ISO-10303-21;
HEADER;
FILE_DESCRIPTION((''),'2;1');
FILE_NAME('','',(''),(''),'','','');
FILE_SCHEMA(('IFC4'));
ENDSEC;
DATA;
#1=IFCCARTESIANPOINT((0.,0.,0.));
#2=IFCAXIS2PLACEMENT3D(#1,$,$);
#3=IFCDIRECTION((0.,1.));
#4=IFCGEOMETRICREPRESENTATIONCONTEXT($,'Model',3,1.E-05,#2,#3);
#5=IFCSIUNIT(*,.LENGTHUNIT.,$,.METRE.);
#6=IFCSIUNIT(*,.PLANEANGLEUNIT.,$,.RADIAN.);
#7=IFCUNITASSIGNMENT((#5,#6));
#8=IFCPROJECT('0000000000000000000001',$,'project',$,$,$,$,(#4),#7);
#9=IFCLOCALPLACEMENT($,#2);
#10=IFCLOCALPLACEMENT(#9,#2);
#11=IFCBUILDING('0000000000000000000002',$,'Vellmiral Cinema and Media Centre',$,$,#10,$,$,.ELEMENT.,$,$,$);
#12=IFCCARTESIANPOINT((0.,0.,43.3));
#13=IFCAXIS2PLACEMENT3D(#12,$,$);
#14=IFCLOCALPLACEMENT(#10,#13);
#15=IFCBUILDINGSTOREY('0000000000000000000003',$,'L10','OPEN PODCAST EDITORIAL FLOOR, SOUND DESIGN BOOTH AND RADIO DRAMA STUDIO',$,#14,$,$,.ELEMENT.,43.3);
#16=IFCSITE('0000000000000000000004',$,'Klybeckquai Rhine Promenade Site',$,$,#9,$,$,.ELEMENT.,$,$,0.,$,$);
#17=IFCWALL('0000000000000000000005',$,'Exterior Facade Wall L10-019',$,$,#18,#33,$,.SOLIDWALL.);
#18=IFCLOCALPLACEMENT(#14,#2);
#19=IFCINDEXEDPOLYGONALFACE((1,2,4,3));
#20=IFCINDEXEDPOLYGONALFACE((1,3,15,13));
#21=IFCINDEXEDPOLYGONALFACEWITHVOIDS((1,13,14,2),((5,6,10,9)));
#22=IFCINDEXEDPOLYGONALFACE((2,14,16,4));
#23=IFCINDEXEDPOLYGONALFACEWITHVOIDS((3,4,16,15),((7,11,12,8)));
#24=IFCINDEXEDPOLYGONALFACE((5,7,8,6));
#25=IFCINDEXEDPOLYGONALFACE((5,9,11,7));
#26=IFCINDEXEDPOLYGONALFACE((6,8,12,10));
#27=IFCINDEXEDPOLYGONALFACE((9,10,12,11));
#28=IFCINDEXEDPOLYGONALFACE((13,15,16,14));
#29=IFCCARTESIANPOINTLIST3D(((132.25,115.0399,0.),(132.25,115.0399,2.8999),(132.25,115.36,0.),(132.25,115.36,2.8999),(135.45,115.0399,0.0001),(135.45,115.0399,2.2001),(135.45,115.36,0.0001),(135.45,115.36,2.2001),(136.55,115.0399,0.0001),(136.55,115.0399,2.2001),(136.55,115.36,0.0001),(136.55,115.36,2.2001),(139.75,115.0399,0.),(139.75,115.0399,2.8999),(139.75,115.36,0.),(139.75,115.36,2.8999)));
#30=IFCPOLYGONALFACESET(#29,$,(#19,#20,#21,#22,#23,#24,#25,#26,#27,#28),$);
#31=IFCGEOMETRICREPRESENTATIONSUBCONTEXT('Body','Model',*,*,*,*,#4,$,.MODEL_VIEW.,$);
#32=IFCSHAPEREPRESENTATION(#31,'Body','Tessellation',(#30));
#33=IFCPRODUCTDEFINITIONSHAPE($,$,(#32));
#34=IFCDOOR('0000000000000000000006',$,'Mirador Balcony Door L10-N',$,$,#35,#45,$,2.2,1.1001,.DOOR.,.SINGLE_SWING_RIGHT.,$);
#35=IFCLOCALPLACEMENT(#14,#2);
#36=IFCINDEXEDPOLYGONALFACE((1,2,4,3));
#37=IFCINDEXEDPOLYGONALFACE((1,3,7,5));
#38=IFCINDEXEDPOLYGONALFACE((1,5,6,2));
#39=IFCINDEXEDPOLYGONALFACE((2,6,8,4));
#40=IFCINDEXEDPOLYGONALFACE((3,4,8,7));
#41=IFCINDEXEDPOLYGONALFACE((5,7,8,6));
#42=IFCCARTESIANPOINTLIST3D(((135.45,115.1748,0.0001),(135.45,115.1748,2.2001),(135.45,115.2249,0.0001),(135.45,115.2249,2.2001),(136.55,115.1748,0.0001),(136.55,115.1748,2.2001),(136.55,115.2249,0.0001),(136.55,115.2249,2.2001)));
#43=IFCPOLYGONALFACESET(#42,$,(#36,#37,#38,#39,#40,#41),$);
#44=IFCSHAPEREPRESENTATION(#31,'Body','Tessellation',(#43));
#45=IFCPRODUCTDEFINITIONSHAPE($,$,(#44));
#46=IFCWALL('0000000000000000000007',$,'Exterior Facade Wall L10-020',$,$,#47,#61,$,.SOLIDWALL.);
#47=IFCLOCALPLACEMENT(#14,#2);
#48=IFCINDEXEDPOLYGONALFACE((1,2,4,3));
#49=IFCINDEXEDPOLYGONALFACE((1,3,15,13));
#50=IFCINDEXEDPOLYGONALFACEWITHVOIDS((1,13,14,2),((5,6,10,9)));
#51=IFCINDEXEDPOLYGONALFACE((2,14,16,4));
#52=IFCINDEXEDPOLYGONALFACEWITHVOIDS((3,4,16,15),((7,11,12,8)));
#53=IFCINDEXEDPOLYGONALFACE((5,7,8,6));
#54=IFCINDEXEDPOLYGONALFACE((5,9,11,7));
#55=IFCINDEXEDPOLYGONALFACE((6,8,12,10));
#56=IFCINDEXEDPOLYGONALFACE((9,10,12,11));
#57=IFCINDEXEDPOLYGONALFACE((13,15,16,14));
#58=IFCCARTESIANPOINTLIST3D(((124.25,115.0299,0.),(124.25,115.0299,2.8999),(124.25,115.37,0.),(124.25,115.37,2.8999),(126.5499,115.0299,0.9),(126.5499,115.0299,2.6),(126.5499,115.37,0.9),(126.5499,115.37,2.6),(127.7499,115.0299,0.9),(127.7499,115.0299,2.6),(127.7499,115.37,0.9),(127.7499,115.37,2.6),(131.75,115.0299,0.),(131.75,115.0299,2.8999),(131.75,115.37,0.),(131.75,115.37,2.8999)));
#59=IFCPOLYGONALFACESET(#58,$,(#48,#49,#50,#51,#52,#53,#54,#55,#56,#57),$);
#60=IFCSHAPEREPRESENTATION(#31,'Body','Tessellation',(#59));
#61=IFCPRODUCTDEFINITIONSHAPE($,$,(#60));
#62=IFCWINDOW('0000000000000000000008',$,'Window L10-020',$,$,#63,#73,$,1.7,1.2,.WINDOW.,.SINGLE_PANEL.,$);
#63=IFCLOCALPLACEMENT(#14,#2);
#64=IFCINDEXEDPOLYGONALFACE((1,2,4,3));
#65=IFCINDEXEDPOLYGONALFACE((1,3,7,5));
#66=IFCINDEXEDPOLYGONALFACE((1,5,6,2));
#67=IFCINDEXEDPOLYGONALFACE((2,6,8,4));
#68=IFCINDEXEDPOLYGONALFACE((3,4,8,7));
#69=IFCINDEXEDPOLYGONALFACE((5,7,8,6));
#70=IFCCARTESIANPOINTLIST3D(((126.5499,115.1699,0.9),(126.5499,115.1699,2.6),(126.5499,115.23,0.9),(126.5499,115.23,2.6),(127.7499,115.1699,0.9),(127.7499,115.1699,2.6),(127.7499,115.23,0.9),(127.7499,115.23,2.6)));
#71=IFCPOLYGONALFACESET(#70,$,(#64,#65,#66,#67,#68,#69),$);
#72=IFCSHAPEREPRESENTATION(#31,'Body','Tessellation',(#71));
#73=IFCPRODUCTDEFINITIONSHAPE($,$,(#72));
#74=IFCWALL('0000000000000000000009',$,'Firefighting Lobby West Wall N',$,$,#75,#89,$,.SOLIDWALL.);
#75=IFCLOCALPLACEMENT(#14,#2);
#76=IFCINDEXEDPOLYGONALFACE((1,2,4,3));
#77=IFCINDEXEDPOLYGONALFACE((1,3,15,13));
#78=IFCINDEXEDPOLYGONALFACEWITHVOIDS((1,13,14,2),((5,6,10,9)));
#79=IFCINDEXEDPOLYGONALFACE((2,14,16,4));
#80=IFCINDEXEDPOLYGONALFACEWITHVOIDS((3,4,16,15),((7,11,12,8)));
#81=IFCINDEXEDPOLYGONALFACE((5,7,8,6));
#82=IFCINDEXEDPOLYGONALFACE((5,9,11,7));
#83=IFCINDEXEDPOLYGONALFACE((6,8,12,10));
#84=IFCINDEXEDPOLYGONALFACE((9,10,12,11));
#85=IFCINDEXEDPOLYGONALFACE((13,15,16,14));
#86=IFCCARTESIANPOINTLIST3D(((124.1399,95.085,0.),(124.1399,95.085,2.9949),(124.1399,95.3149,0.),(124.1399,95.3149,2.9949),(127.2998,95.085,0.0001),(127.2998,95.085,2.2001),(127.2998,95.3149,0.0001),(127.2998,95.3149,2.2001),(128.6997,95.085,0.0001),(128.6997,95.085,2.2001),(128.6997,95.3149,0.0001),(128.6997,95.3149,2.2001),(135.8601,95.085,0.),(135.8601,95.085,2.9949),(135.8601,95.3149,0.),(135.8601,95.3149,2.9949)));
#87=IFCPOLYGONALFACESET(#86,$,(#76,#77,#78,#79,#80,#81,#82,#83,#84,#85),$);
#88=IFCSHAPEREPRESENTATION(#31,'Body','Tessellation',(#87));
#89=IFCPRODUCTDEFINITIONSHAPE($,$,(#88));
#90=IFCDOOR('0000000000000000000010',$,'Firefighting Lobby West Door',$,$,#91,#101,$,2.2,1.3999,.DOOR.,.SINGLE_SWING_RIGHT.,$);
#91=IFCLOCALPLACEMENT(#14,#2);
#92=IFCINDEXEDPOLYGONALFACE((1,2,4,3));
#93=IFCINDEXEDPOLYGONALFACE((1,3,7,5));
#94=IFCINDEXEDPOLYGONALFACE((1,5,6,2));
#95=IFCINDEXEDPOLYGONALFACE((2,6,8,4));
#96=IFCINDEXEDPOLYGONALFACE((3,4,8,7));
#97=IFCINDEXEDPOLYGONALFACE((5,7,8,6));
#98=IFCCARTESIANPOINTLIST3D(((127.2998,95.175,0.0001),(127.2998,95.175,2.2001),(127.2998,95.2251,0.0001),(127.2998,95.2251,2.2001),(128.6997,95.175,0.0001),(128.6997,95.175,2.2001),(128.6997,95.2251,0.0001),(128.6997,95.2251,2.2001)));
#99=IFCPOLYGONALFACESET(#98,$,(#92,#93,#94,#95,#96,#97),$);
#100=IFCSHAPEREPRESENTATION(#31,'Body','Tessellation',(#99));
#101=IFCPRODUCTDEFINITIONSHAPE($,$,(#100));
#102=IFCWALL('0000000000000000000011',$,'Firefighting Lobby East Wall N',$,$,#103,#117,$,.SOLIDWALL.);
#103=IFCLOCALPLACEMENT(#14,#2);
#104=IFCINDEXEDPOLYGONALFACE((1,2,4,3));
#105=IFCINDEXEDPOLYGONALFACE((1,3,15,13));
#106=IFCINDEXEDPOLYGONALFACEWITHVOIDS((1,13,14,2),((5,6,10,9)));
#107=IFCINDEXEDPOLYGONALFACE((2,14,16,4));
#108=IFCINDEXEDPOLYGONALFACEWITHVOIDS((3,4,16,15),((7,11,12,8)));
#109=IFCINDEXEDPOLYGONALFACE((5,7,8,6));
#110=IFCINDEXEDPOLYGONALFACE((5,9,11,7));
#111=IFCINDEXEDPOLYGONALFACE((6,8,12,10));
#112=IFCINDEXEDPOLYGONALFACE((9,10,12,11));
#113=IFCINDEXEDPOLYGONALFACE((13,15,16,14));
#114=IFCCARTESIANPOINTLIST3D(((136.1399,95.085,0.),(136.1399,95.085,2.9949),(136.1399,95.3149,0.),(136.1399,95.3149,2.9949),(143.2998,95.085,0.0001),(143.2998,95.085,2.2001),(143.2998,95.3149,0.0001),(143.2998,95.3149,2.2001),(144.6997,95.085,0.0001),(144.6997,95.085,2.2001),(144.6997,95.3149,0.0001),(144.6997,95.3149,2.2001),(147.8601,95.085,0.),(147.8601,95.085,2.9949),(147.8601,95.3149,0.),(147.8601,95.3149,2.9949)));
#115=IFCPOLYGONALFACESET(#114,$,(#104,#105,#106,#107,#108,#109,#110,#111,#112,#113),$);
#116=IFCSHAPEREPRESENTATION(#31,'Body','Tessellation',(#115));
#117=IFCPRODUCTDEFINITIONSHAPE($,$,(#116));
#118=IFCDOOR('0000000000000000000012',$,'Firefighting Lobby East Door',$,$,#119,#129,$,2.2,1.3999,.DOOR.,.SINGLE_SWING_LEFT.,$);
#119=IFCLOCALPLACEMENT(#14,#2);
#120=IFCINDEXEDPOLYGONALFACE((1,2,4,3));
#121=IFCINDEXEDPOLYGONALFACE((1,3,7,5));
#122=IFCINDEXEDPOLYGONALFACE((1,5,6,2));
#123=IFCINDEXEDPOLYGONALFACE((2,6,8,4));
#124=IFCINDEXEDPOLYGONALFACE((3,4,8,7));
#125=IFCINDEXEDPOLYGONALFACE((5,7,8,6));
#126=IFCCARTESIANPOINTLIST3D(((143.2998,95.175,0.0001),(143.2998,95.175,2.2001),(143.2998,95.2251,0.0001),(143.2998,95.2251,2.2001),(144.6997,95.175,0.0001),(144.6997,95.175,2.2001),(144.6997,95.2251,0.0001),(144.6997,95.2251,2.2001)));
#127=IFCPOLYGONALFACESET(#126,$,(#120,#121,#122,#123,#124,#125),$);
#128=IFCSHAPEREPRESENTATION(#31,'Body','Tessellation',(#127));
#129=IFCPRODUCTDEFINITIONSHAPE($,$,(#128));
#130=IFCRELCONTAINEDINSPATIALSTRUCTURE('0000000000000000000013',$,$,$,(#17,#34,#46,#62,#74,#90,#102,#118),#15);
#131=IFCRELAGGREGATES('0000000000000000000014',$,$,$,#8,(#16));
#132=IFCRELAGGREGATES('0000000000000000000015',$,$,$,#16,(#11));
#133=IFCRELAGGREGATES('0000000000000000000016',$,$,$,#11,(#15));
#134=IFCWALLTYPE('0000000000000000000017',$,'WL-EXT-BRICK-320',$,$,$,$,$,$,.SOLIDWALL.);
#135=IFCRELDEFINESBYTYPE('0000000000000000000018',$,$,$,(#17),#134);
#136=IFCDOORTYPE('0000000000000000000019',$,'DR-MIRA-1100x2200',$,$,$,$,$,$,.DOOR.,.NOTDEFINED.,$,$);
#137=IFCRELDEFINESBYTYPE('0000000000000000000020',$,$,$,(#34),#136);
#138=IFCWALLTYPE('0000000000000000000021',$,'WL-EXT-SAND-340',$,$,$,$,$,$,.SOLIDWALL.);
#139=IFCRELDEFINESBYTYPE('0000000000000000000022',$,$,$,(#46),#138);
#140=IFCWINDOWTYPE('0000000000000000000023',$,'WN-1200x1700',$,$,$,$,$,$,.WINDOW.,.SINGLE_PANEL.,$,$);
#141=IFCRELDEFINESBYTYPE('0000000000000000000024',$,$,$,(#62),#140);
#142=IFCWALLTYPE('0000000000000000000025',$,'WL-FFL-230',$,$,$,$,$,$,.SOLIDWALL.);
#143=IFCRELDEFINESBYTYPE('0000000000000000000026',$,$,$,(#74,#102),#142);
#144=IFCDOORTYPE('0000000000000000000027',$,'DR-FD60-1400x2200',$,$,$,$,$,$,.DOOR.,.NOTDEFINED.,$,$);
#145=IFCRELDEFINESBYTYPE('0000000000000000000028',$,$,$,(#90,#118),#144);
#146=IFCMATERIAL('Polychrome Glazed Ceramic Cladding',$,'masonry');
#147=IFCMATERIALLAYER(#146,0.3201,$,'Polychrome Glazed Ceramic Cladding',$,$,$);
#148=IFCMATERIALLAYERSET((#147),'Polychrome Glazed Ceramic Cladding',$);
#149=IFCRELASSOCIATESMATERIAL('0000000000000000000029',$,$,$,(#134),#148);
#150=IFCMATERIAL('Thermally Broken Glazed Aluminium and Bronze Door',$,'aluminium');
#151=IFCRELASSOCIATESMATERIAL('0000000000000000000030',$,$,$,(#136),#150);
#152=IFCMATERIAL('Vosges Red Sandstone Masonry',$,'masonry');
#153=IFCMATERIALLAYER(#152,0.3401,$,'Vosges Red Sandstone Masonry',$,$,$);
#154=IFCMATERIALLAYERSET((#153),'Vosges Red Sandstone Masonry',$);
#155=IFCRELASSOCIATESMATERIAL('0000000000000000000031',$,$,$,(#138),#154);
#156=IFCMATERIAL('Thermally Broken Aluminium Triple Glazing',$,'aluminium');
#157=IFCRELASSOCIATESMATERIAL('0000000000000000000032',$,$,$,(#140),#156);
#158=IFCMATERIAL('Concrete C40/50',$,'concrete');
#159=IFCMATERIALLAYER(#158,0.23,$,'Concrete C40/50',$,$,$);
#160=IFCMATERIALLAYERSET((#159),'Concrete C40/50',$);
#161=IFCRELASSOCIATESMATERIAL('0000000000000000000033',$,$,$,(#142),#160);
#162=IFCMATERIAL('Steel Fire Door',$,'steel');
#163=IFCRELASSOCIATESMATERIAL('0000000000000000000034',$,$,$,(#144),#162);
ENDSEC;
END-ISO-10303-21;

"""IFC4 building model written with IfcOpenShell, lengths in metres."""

from ifc_helpers import new_model, si_unit, direction, frame, frame_2d, origin, place, context, subcontext, project, spatial, rectangle, extrude, material, layer, layer_set, type_object, element, fill, save


model = new_model("IFC4")

# Units and contexts
model_context = context("Model", 3, precision=1e-05, world=origin(), true_north=direction((0.0, 1.0)))
body_context = subcontext(model_context, "Body", "Model", "MODEL_VIEW")
ifc_project = project(units=[si_unit("LENGTHUNIT", "METRE"), si_unit("PLANEANGLEUNIT", "RADIAN")], contexts=[model_context])

# Site, building, storey
site_placement = place(None, origin())
site = spatial("IfcSite", under=ifc_project, at=site_placement, Name="Klybeckquai Rhine Promenade Site", CompositionType="ELEMENT", RefElevation=0.0)
building_placement = place(site_placement, origin())
building = spatial("IfcBuilding", under=site, at=building_placement, Name="Vellmiral Cinema and Media Centre", CompositionType="ELEMENT")
storey_placement = place(building_placement, frame((0.0, 0.0, 43.3)))
storey = spatial("IfcBuildingStorey", under=building, at=storey_placement, Name="L10", Description="OPEN PODCAST EDITORIAL FLOOR, SOUND DESIGN BOOTH AND RADIO DRAMA STUDIO", CompositionType="ELEMENT", Elevation=43.3)

# Wall, opening, door
ifc_material_1 = material(Name="Polychrome Glazed Ceramic Cladding", Category="masonry")
ifc_layer_1 = layer(ifc_material_1, 0.3201, Name="Polychrome Glazed Ceramic Cladding")
ifc_layer_set_1 = layer_set([ifc_layer_1], Name="Polychrome Glazed Ceramic Cladding")
wall_type_1 = type_object("IfcWallType", Name="WL-EXT-BRICK-320", PredefinedType="SOLIDWALL", material=ifc_layer_set_1)
wall_1_placement = place(storey_placement, frame((139.75, 115.2, 0.0), z_axis=(0.0, 0.0, 1.0), x_axis=(-1.0, 0.0, 0.0)))
wall_1 = element("IfcWall", 1, at=wall_1_placement, inside=storey, type_object=wall_type_1, Name="Exterior Facade Wall L10-019", PredefinedType="SOLIDWALL", context=body_context, shape_type="SweptSolid", body=[
    extrude(rectangle(XDim=7.5, YDim=0.3201, at=frame_2d((3.75, 0.0))), origin(), (0.0, 0.0, 1.0), 2.8999),
])
opening_1_placement = place(wall_1_placement, frame((3.2, 0.0, 0.0)))
opening_1 = element("IfcOpeningElement", 2, at=opening_1_placement, cuts=wall_1, PredefinedType="OPENING", context=body_context, shape_type="SweptSolid", body=[
    extrude(rectangle(XDim=1.1001, YDim=2.2, at=frame_2d((0.55, 1.1001))), frame((0.0, 0.1719, 0.0), z_axis=(0.0, -1.0, 0.0), x_axis=(1.0, 0.0, 0.0)), (0.0, 0.0, 1.0), 0.344),
])
ifc_material_2 = material(Name="Thermally Broken Glazed Aluminium and Bronze Door", Category="aluminium")
door_type_1 = type_object("IfcDoorType", Name="DR-MIRA-1100x2200", OperationType="NOTDEFINED", PredefinedType="DOOR", material=ifc_material_2)
door_1_placement = place(opening_1_placement, frame((1.1001, 0.0, 0.0), z_axis=(0.0, 0.0, 1.0), x_axis=(-1.0, 0.0, 0.0)))
door_1 = element("IfcDoor", 3, at=door_1_placement, inside=storey, type_object=door_type_1, Name="Mirador Balcony Door L10-N", OperationType="SINGLE_SWING_RIGHT", OverallHeight=2.2, OverallWidth=1.1001, PredefinedType="DOOR", context=body_context, shape_type="SweptSolid", body=[
    extrude(rectangle(XDim=1.1001, YDim=2.2, at=frame_2d((0.55, 1.1001))), frame((0.0, 0.0249, 0.0), z_axis=(0.0, -1.0, 0.0), x_axis=(1.0, 0.0, 0.0)), (0.0, 0.0, 1.0), 0.05),
])
fill(opening_1, door_1)

# Wall, opening, window
ifc_material_3 = material(Name="Vosges Red Sandstone Masonry", Category="masonry")
ifc_layer_2 = layer(ifc_material_3, 0.3401, Name="Vosges Red Sandstone Masonry")
ifc_layer_set_2 = layer_set([ifc_layer_2], Name="Vosges Red Sandstone Masonry")
wall_type_2 = type_object("IfcWallType", Name="WL-EXT-SAND-340", PredefinedType="SOLIDWALL", material=ifc_layer_set_2)
wall_2_placement = place(storey_placement, frame((131.75, 115.2, 0.0), z_axis=(0.0, 0.0, 1.0), x_axis=(-1.0, 0.0, 0.0)))
wall_2 = element("IfcWall", 4, at=wall_2_placement, inside=storey, type_object=wall_type_2, Name="Exterior Facade Wall L10-020", PredefinedType="SOLIDWALL", context=body_context, shape_type="SweptSolid", body=[
    extrude(rectangle(XDim=7.5, YDim=0.3401, at=frame_2d((3.75, 0.0))), origin(), (0.0, 0.0, 1.0), 2.8999),
])
opening_2_placement = place(wall_2_placement, frame((4.0, 0.0, 0.8999)))
opening_2 = element("IfcOpeningElement", 5, at=opening_2_placement, cuts=wall_2, PredefinedType="OPENING", context=body_context, shape_type="SweptSolid", body=[
    extrude(rectangle(XDim=1.2, YDim=1.7, at=frame_2d((0.6001, 0.8501))), frame((0.0, 0.1821, 0.0), z_axis=(0.0, -1.0, 0.0), x_axis=(1.0, 0.0, 0.0)), (0.0, 0.0, 1.0), 0.364),
])
ifc_material_4 = material(Name="Thermally Broken Aluminium Triple Glazing", Category="aluminium")
window_type = type_object("IfcWindowType", Name="WN-1200x1700", PartitioningType="SINGLE_PANEL", PredefinedType="WINDOW", material=ifc_material_4)
window_placement = place(opening_2_placement, origin())
window = element("IfcWindow", 6, at=window_placement, inside=storey, type_object=window_type, Name="Window L10-020", OverallHeight=1.7, OverallWidth=1.2, PartitioningType="SINGLE_PANEL", PredefinedType="WINDOW", context=body_context, shape_type="SweptSolid", body=[
    extrude(rectangle(XDim=1.2, YDim=1.7, at=frame_2d((0.6001, 0.8501))), frame((0.0, 0.03, 0.0), z_axis=(0.0, -1.0, 0.0), x_axis=(1.0, 0.0, 0.0)), (0.0, 0.0, 1.0), 0.0601),
])
fill(opening_2, window)

# Walls, openings, doors
ifc_material_5 = material(Name="Concrete C40/50", Category="concrete")
ifc_layer_3 = layer(ifc_material_5, 0.23, Name="Concrete C40/50")
ifc_layer_set_3 = layer_set([ifc_layer_3], Name="Concrete C40/50")
wall_type_3 = type_object("IfcWallType", Name="WL-FFL-230", PredefinedType="SOLIDWALL", material=ifc_layer_set_3)
wall_3_placement = place(storey_placement, frame((124.1399, 95.2, 0.0), z_axis=(0.0, 0.0, 1.0), x_axis=(1.0, 0.0, 0.0)))
wall_3 = element("IfcWall", 7, at=wall_3_placement, inside=storey, type_object=wall_type_3, Name="Firefighting Lobby West Wall N", PredefinedType="SOLIDWALL", context=body_context, shape_type="SweptSolid", body=[
    extrude(rectangle(XDim=11.7202, YDim=0.23, at=frame_2d((5.8601, 0.0))), origin(), (0.0, 0.0, 1.0), 2.9949),
])
opening_3_placement = place(wall_3_placement, frame((3.1599, 0.0, 0.0)))
opening_3 = element("IfcOpeningElement", 8, at=opening_3_placement, cuts=wall_3, PredefinedType="OPENING", context=body_context, shape_type="SweptSolid", body=[
    extrude(rectangle(XDim=1.3999, YDim=2.2, at=frame_2d((0.7, 1.1001))), frame((0.0, 0.127, 0.0), z_axis=(0.0, -1.0, 0.0), x_axis=(1.0, 0.0, 0.0)), (0.0, 0.0, 1.0), 0.2539),
])
ifc_material_6 = material(Name="Steel Fire Door", Category="steel")
door_type_2 = type_object("IfcDoorType", Name="DR-FD60-1400x2200", OperationType="NOTDEFINED", PredefinedType="DOOR", material=ifc_material_6)
door_2_placement = place(opening_3_placement, frame((1.3999, 0.0, 0.0), z_axis=(0.0, 0.0, 1.0), x_axis=(-1.0, 0.0, 0.0)))
door_2 = element("IfcDoor", 9, at=door_2_placement, inside=storey, type_object=door_type_2, Name="Firefighting Lobby West Door", OperationType="SINGLE_SWING_RIGHT", OverallHeight=2.2, OverallWidth=1.3999, PredefinedType="DOOR", context=body_context, shape_type="SweptSolid", body=[
    extrude(rectangle(XDim=1.3999, YDim=2.2, at=frame_2d((0.7, 1.1001))), frame((0.0, 0.0249, 0.0), z_axis=(0.0, -1.0, 0.0), x_axis=(1.0, 0.0, 0.0)), (0.0, 0.0, 1.0), 0.05),
])
fill(opening_3, door_2)
wall_4_placement = place(storey_placement, frame((136.1399, 95.2, 0.0), z_axis=(0.0, 0.0, 1.0), x_axis=(1.0, 0.0, 0.0)))
wall_4 = element("IfcWall", 10, at=wall_4_placement, inside=storey, type_object=wall_type_3, Name="Firefighting Lobby East Wall N", PredefinedType="SOLIDWALL", context=body_context, shape_type="SweptSolid", body=[
    extrude(rectangle(XDim=11.7202, YDim=0.23, at=frame_2d((5.8601, 0.0))), origin(), (0.0, 0.0, 1.0), 2.9949),
])
opening_4_placement = place(wall_4_placement, frame((7.1599, 0.0, 0.0)))
opening_4 = element("IfcOpeningElement", 11, at=opening_4_placement, cuts=wall_4, PredefinedType="OPENING", context=body_context, shape_type="SweptSolid", body=[
    extrude(rectangle(XDim=1.3999, YDim=2.2, at=frame_2d((0.7, 1.1001))), frame((0.0, 0.127, 0.0), z_axis=(0.0, -1.0, 0.0), x_axis=(1.0, 0.0, 0.0)), (0.0, 0.0, 1.0), 0.2539),
])
door_3_placement = place(opening_4_placement, frame((1.3999, 0.0, 0.0), z_axis=(0.0, 0.0, 1.0), x_axis=(-1.0, 0.0, 0.0)))
door_3 = element("IfcDoor", 12, at=door_3_placement, inside=storey, type_object=door_type_2, Name="Firefighting Lobby East Door", OperationType="SINGLE_SWING_LEFT", OverallHeight=2.2, OverallWidth=1.3999, PredefinedType="DOOR", context=body_context, shape_type="SweptSolid", body=[
    extrude(rectangle(XDim=1.3999, YDim=2.2, at=frame_2d((0.7, 1.1001))), frame((0.0, 0.0249, 0.0), z_axis=(0.0, -1.0, 0.0), x_axis=(1.0, 0.0, 0.0)), (0.0, 0.0, 1.0), 0.05),
])
fill(opening_4, door_3)

save(model, "model.ifc")
